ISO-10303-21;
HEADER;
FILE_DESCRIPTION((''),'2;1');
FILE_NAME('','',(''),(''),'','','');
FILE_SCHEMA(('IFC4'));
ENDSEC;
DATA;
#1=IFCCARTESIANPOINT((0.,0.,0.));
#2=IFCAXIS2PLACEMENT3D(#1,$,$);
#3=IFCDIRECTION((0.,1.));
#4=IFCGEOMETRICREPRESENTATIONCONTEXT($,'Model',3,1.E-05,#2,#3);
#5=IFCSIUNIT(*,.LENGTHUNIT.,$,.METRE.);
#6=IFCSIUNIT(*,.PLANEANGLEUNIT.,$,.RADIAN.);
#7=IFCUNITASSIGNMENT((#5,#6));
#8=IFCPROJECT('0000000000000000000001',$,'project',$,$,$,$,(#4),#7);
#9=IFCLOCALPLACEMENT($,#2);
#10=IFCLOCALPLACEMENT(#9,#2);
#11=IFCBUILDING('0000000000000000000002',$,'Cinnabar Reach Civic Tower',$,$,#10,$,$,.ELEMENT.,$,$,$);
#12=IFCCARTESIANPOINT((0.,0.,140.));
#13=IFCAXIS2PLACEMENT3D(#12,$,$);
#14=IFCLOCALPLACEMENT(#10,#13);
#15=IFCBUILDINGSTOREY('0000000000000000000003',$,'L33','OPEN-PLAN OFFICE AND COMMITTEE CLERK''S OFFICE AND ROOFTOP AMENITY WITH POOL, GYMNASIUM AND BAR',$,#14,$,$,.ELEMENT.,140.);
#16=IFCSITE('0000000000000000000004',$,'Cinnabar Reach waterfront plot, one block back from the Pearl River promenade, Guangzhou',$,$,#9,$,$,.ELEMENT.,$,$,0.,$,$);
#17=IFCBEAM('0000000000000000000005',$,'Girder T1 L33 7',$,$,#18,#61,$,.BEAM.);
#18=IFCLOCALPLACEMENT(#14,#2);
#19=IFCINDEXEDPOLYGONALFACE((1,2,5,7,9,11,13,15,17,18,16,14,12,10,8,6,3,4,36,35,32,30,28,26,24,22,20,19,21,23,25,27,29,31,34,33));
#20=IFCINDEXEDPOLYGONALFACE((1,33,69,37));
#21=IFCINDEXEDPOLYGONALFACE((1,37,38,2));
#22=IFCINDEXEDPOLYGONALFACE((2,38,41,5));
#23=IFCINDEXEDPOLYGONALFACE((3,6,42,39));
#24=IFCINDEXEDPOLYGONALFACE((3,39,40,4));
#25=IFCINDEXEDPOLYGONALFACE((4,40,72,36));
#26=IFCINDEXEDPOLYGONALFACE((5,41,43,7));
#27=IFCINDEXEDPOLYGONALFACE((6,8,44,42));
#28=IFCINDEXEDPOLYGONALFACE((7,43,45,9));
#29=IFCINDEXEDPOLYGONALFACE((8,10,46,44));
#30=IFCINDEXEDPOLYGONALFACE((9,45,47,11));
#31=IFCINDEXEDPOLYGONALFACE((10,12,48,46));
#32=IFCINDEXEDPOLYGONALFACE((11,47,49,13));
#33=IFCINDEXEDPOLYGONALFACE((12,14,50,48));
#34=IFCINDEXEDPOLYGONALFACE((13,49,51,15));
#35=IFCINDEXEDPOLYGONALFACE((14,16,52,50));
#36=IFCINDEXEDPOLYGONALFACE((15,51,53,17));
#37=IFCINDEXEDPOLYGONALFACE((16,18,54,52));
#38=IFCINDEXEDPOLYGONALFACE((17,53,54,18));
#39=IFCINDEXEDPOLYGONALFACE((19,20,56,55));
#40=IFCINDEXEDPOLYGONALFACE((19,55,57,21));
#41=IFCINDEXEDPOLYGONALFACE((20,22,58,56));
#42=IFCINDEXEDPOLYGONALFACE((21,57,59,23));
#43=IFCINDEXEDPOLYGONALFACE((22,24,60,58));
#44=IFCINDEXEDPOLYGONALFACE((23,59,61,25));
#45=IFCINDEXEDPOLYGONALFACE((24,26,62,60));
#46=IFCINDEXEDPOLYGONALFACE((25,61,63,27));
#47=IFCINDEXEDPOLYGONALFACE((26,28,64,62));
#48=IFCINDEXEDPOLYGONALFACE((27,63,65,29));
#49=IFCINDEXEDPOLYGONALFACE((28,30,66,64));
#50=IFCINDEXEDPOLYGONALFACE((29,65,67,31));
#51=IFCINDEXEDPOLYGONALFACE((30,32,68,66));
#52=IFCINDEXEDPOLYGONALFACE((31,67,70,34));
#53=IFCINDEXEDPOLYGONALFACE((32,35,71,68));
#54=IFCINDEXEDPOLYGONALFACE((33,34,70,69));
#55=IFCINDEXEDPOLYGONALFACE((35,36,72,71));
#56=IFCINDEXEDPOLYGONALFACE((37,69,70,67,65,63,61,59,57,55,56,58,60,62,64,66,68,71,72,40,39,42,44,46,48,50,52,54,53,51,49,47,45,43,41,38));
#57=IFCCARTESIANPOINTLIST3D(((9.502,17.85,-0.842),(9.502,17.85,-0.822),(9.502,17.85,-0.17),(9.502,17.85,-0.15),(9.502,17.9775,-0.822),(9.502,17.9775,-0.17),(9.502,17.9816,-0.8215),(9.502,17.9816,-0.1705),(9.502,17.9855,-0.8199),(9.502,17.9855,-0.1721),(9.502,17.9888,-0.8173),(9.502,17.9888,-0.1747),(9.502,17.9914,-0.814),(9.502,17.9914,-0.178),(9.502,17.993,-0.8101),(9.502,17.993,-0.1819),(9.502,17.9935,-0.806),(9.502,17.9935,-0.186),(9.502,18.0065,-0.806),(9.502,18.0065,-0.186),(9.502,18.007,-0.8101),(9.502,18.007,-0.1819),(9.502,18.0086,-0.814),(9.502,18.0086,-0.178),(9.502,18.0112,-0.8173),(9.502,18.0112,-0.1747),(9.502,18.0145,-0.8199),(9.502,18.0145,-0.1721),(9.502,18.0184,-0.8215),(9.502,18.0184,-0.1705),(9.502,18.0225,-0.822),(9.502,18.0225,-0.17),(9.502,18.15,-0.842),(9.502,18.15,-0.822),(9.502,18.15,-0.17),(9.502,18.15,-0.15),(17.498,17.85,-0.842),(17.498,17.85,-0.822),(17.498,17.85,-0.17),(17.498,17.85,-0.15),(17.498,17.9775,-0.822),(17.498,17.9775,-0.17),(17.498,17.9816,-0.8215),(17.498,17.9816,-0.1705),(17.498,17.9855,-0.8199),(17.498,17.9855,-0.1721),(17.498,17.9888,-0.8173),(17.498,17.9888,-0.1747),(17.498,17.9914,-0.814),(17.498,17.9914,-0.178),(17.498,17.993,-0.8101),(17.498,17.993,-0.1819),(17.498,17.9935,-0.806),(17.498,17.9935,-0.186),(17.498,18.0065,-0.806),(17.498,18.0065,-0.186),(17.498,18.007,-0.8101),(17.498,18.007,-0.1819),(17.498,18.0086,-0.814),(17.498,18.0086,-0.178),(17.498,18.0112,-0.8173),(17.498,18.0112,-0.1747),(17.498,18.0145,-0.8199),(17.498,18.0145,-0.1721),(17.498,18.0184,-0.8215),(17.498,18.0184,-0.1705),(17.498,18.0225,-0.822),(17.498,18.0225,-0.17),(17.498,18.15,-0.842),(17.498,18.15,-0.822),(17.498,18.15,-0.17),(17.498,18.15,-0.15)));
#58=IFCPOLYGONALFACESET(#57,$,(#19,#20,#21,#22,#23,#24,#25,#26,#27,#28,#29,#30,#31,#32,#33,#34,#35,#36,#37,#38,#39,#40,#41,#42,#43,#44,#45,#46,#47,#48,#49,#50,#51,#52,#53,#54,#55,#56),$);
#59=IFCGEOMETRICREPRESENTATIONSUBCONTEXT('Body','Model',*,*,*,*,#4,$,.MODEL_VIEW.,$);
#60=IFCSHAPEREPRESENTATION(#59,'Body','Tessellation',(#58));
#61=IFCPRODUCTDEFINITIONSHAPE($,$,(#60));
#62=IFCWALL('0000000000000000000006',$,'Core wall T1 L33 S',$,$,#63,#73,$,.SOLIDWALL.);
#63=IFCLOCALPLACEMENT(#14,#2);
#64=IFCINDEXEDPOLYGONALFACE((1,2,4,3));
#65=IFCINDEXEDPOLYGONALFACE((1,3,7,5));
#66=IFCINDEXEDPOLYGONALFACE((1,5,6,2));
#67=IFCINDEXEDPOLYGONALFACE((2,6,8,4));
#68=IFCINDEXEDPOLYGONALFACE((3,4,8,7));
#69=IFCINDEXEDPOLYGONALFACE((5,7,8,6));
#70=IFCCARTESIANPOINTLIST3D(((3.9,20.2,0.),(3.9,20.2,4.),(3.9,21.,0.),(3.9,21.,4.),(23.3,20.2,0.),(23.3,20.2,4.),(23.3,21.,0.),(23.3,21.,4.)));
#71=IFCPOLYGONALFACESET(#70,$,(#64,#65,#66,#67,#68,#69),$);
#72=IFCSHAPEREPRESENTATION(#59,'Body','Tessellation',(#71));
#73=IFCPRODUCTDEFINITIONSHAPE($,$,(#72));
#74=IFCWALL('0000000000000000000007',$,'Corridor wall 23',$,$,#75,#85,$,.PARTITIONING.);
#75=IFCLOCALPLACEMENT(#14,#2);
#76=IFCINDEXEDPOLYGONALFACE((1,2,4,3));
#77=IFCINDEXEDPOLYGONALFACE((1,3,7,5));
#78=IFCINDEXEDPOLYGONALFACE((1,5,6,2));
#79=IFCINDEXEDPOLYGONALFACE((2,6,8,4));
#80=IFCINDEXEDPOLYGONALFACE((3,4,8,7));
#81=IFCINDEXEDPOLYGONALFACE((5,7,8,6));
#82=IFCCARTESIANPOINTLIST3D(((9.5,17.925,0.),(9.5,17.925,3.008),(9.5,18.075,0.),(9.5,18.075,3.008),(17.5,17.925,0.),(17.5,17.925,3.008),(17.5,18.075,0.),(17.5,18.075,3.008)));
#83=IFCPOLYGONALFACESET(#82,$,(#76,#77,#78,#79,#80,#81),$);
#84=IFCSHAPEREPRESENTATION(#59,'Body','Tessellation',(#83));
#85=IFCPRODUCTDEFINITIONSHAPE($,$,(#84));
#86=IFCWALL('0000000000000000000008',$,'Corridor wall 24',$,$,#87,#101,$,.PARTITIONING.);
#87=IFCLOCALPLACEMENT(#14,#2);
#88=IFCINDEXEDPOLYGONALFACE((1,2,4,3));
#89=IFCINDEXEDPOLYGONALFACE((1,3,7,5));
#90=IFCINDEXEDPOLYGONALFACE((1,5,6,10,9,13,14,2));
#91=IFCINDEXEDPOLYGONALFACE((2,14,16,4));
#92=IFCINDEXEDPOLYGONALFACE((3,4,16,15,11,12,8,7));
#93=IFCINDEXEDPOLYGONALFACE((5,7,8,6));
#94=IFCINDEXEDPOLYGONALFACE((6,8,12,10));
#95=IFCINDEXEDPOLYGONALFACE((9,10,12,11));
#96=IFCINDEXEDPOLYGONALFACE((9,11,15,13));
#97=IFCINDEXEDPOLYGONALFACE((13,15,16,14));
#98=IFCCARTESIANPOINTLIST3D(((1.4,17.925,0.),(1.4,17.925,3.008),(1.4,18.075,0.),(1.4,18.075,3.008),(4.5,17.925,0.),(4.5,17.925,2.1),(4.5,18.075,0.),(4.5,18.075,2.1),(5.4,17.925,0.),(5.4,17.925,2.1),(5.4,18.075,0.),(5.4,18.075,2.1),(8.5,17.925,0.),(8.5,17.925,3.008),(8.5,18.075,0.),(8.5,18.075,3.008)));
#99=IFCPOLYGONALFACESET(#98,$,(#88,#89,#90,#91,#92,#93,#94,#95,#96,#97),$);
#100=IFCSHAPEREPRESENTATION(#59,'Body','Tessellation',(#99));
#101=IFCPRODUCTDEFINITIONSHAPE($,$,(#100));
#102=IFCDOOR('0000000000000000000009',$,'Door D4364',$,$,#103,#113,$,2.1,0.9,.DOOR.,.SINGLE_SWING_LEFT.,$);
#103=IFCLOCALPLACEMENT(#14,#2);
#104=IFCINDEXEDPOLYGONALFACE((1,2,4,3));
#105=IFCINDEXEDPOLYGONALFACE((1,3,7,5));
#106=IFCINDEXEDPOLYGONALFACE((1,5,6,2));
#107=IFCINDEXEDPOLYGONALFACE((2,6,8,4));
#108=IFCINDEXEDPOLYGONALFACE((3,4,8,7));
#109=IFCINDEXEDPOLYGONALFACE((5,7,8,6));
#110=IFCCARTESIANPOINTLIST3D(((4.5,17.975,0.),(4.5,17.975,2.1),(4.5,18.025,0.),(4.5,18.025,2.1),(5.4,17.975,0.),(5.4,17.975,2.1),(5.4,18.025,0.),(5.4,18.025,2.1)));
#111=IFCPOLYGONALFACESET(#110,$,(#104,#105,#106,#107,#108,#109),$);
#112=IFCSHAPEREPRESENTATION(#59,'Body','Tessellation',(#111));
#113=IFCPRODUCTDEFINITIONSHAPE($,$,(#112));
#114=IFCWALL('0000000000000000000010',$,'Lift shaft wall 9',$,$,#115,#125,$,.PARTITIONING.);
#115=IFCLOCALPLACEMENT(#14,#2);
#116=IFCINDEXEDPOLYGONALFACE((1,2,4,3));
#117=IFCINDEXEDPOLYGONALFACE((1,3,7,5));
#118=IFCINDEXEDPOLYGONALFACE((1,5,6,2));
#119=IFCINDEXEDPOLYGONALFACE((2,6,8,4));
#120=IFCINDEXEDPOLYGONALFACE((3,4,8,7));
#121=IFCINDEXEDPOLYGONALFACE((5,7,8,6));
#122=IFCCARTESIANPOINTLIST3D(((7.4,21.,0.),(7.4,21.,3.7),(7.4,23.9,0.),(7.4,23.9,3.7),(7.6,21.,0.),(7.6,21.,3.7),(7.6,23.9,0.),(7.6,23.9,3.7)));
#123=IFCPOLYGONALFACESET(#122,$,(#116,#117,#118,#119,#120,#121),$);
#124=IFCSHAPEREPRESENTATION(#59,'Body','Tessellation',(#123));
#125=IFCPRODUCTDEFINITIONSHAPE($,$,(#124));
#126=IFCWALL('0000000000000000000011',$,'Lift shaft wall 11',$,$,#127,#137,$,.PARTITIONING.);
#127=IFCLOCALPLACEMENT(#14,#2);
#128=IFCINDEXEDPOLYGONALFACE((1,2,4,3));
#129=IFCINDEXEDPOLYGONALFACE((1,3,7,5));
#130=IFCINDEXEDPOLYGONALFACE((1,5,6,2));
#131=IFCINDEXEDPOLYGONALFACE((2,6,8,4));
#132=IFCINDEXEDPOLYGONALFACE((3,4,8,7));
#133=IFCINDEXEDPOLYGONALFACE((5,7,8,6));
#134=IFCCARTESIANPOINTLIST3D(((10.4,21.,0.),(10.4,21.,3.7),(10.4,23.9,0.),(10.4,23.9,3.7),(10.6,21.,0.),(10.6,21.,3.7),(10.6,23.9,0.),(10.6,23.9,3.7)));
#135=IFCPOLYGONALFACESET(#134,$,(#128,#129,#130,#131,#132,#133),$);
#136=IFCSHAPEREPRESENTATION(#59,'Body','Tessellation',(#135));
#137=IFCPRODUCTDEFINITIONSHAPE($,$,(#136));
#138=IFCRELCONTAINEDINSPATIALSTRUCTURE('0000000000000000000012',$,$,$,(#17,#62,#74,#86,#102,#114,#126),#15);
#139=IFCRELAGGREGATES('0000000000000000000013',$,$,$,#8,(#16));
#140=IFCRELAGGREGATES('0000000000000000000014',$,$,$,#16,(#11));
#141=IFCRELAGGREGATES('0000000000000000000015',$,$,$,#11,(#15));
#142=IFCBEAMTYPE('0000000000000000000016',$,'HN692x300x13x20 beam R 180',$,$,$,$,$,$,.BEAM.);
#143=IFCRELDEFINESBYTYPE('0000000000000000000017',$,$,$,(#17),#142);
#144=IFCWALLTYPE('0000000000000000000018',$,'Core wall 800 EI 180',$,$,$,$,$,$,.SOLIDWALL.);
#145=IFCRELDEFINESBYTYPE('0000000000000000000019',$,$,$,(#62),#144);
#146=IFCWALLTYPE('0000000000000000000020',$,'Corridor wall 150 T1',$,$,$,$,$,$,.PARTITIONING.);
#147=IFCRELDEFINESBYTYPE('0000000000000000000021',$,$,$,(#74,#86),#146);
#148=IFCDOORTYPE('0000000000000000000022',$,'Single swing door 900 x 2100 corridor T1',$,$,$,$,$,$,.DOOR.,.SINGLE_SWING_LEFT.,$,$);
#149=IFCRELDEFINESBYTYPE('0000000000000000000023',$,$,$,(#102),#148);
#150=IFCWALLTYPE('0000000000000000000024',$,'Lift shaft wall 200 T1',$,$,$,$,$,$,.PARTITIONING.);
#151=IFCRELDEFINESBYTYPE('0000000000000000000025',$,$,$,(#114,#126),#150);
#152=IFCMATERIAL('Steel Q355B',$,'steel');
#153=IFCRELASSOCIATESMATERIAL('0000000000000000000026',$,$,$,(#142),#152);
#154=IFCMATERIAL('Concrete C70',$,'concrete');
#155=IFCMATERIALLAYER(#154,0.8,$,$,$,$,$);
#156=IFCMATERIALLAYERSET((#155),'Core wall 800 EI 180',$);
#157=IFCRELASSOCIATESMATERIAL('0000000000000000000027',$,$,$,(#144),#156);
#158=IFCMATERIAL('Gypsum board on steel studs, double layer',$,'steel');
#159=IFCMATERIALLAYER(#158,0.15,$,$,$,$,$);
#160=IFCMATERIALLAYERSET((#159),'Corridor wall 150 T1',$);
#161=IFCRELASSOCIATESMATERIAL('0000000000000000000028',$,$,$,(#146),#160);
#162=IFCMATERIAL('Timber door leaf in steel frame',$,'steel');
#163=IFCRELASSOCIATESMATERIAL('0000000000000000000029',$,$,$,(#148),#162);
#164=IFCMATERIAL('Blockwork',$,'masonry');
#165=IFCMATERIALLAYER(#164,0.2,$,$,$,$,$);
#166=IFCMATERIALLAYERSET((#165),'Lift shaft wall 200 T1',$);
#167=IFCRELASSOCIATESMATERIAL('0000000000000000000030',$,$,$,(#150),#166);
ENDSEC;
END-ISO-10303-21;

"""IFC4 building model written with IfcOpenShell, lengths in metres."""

from ifc_helpers import new_model, si_unit, direction, frame, frame_2d, origin, origin_2d, place, context, subcontext, project, spatial, rectangle, i_section, extrude, material, layer, layer_set, material_profile, profile_set, type_object, element, fill, save


model = new_model("IFC4")

# Units and contexts
model_context = context("Model", 3, precision=1e-05, world=origin(), true_north=direction((0.0, 1.0)))
body_context = subcontext(model_context, "Body", "Model", "MODEL_VIEW")
ifc_project = project(units=[si_unit("LENGTHUNIT", "METRE"), si_unit("PLANEANGLEUNIT", "RADIAN")], contexts=[model_context])

# Site, building, storey
site_placement = place(None, origin())
site = spatial("IfcSite", under=ifc_project, at=site_placement, Name="Cinnabar Reach waterfront plot, one block back from the Pearl River promenade, Guangzhou", CompositionType="ELEMENT", RefElevation=0.0)
building_placement = place(site_placement, origin())
building = spatial("IfcBuilding", under=site, at=building_placement, Name="Cinnabar Reach Civic Tower", CompositionType="ELEMENT")
storey_placement = place(building_placement, frame((0.0, 0.0, 140.0)))
storey = spatial("IfcBuildingStorey", under=building, at=storey_placement, Name="L33", Description="OPEN-PLAN OFFICE AND COMMITTEE CLERK'S OFFICE AND ROOFTOP AMENITY WITH POOL, GYMNASIUM AND BAR", CompositionType="ELEMENT", Elevation=140.0)

# Shared definitions
ifc_material_1 = material(Name="Concrete C70", Category="concrete")

# Beam
ifc_material_2 = material(Name="Steel Q355B", Category="steel")
ifc_material_profile_1 = material_profile(ifc_material_2, i_section(OverallWidth=0.3, OverallDepth=0.692, WebThickness=0.013, FlangeThickness=0.02, FilletRadius=0.016, at=origin_2d()), Name="HN692x300x13x20")
ifc_profile_set_1 = profile_set([ifc_material_profile_1], Name="Steel Q355B")
beam_type_1 = type_object("IfcBeamType", Name="HN692x300x13x20 beam R 180", PredefinedType="BEAM", material=ifc_profile_set_1)
beam_1_placement = place(storey_placement, frame((9.502, 18.0, -0.496), z_axis=(1.0, 0.0, 0.0), x_axis=(0.0, 1.0, 0.0)))
element("IfcBeam", 1, at=beam_1_placement, inside=storey, type_object=beam_type_1, Name="Girder T1 L33 7", PredefinedType="BEAM", context=body_context, shape_type="SweptSolid", body=[
    extrude(i_section(OverallWidth=0.3, OverallDepth=0.692, WebThickness=0.013, FlangeThickness=0.02, FilletRadius=0.016, at=origin_2d()), origin(), (0.0, 0.0, 1.0), 7.996),
])

# Walls
ifc_layer_1 = layer(ifc_material_1, 0.8)
ifc_layer_set_1 = layer_set([ifc_layer_1], Name="Core wall 800 EI 180")
wall_type_1 = type_object("IfcWallType", Name="Core wall 800 EI 180", PredefinedType="SOLIDWALL", material=ifc_layer_set_1)
wall_1_placement = place(storey_placement, frame((3.9, 20.6, 0.0), z_axis=(0.0, 0.0, 1.0), x_axis=(1.0, 0.0, 0.0)))
element("IfcWall", 2, at=wall_1_placement, inside=storey, type_object=wall_type_1, Name="Core wall T1 L33 S", PredefinedType="SOLIDWALL", context=body_context, shape_type="SweptSolid", body=[
    extrude(rectangle(XDim=19.4, YDim=0.8, at=frame_2d((9.7, 0.0))), origin(), (0.0, 0.0, 1.0), 4.0),
])
ifc_material_3 = material(Name="Gypsum board on steel studs, double layer", Category="steel")
ifc_layer_2 = layer(ifc_material_3, 0.15)
ifc_layer_set_2 = layer_set([ifc_layer_2], Name="Corridor wall 150 T1")
wall_type_2 = type_object("IfcWallType", Name="Corridor wall 150 T1", PredefinedType="PARTITIONING", material=ifc_layer_set_2)
wall_2_placement = place(storey_placement, frame((9.5, 18.0, 0.0), z_axis=(0.0, 0.0, 1.0), x_axis=(1.0, 0.0, 0.0)))
element("IfcWall", 3, at=wall_2_placement, inside=storey, type_object=wall_type_2, Name="Corridor wall 23", PredefinedType="PARTITIONING", context=body_context, shape_type="SweptSolid", body=[
    extrude(rectangle(XDim=8.0, YDim=0.15, at=frame_2d((4.0, 0.0))), origin(), (0.0, 0.0, 1.0), 3.008),
])

# Wall, opening, door
wall_3_placement = place(storey_placement, frame((1.4, 18.0, 0.0), z_axis=(0.0, 0.0, 1.0), x_axis=(1.0, 0.0, 0.0)))
wall_3 = element("IfcWall", 4, at=wall_3_placement, inside=storey, type_object=wall_type_2, Name="Corridor wall 24", PredefinedType="PARTITIONING", context=body_context, shape_type="SweptSolid", body=[
    extrude(rectangle(XDim=7.1, YDim=0.15, at=frame_2d((3.55, 0.0))), origin(), (0.0, 0.0, 1.0), 3.008),
])
opening_placement = place(wall_3_placement, frame((3.1, 0.0, 0.0)))
opening = element("IfcOpeningElement", 5, at=opening_placement, cuts=wall_3, PredefinedType="OPENING", context=body_context, shape_type="SweptSolid", body=[
    extrude(rectangle(XDim=0.9, YDim=2.1, at=frame_2d((0.45, 1.05))), frame((0.0, 0.085, 0.0), z_axis=(0.0, -1.0, 0.0), x_axis=(1.0, 0.0, 0.0)), (0.0, 0.0, 1.0), 0.17),
])
ifc_material_4 = material(Name="Timber door leaf in steel frame", Category="steel")
door_type = type_object("IfcDoorType", Name="Single swing door 900 x 2100 corridor T1", OperationType="SINGLE_SWING_LEFT", PredefinedType="DOOR", material=ifc_material_4)
door_placement = place(opening_placement, frame((0.9, 0.0, 0.0), z_axis=(0.0, 0.0, 1.0), x_axis=(-1.0, 0.0, 0.0)))
door = element("IfcDoor", 6, at=door_placement, inside=storey, type_object=door_type, Name="Door D4364", OperationType="SINGLE_SWING_LEFT", OverallHeight=2.1, OverallWidth=0.9, PredefinedType="DOOR", context=body_context, shape_type="SweptSolid", body=[
    extrude(rectangle(XDim=0.9, YDim=2.1, at=frame_2d((0.45, 1.05))), frame((0.0, 0.025, 0.0), z_axis=(0.0, -1.0, 0.0), x_axis=(1.0, 0.0, 0.0)), (0.0, 0.0, 1.0), 0.05),
])
fill(opening, door)

# Walls
ifc_material_5 = material(Name="Blockwork", Category="masonry")
ifc_layer_3 = layer(ifc_material_5, 0.2)
ifc_layer_set_3 = layer_set([ifc_layer_3], Name="Lift shaft wall 200 T1")
wall_type_3 = type_object("IfcWallType", Name="Lift shaft wall 200 T1", PredefinedType="PARTITIONING", material=ifc_layer_set_3)
for number, where, z_axis, x_axis, name in (
    (7, (7.5, 21.0, 0.0), (0.0, 0.0, 1.0), (0.0, 1.0, 0.0), "Lift shaft wall 9"),
    (8, (10.5, 21.0, 0.0), (0.0, 0.0, 1.0), (0.0, 1.0, 0.0), "Lift shaft wall 11"),
):
    element("IfcWall", number, at=place(storey_placement, frame(where, z_axis=z_axis, x_axis=x_axis)), inside=storey, type_object=wall_type_3, Name=name, PredefinedType="PARTITIONING", context=body_context, shape_type="SweptSolid", body=[
        extrude(rectangle(XDim=2.9, YDim=0.2, at=frame_2d((1.45, 0.0))), origin(), (0.0, 0.0, 1.0), 3.7),
    ])

save(model, "model.ifc")
